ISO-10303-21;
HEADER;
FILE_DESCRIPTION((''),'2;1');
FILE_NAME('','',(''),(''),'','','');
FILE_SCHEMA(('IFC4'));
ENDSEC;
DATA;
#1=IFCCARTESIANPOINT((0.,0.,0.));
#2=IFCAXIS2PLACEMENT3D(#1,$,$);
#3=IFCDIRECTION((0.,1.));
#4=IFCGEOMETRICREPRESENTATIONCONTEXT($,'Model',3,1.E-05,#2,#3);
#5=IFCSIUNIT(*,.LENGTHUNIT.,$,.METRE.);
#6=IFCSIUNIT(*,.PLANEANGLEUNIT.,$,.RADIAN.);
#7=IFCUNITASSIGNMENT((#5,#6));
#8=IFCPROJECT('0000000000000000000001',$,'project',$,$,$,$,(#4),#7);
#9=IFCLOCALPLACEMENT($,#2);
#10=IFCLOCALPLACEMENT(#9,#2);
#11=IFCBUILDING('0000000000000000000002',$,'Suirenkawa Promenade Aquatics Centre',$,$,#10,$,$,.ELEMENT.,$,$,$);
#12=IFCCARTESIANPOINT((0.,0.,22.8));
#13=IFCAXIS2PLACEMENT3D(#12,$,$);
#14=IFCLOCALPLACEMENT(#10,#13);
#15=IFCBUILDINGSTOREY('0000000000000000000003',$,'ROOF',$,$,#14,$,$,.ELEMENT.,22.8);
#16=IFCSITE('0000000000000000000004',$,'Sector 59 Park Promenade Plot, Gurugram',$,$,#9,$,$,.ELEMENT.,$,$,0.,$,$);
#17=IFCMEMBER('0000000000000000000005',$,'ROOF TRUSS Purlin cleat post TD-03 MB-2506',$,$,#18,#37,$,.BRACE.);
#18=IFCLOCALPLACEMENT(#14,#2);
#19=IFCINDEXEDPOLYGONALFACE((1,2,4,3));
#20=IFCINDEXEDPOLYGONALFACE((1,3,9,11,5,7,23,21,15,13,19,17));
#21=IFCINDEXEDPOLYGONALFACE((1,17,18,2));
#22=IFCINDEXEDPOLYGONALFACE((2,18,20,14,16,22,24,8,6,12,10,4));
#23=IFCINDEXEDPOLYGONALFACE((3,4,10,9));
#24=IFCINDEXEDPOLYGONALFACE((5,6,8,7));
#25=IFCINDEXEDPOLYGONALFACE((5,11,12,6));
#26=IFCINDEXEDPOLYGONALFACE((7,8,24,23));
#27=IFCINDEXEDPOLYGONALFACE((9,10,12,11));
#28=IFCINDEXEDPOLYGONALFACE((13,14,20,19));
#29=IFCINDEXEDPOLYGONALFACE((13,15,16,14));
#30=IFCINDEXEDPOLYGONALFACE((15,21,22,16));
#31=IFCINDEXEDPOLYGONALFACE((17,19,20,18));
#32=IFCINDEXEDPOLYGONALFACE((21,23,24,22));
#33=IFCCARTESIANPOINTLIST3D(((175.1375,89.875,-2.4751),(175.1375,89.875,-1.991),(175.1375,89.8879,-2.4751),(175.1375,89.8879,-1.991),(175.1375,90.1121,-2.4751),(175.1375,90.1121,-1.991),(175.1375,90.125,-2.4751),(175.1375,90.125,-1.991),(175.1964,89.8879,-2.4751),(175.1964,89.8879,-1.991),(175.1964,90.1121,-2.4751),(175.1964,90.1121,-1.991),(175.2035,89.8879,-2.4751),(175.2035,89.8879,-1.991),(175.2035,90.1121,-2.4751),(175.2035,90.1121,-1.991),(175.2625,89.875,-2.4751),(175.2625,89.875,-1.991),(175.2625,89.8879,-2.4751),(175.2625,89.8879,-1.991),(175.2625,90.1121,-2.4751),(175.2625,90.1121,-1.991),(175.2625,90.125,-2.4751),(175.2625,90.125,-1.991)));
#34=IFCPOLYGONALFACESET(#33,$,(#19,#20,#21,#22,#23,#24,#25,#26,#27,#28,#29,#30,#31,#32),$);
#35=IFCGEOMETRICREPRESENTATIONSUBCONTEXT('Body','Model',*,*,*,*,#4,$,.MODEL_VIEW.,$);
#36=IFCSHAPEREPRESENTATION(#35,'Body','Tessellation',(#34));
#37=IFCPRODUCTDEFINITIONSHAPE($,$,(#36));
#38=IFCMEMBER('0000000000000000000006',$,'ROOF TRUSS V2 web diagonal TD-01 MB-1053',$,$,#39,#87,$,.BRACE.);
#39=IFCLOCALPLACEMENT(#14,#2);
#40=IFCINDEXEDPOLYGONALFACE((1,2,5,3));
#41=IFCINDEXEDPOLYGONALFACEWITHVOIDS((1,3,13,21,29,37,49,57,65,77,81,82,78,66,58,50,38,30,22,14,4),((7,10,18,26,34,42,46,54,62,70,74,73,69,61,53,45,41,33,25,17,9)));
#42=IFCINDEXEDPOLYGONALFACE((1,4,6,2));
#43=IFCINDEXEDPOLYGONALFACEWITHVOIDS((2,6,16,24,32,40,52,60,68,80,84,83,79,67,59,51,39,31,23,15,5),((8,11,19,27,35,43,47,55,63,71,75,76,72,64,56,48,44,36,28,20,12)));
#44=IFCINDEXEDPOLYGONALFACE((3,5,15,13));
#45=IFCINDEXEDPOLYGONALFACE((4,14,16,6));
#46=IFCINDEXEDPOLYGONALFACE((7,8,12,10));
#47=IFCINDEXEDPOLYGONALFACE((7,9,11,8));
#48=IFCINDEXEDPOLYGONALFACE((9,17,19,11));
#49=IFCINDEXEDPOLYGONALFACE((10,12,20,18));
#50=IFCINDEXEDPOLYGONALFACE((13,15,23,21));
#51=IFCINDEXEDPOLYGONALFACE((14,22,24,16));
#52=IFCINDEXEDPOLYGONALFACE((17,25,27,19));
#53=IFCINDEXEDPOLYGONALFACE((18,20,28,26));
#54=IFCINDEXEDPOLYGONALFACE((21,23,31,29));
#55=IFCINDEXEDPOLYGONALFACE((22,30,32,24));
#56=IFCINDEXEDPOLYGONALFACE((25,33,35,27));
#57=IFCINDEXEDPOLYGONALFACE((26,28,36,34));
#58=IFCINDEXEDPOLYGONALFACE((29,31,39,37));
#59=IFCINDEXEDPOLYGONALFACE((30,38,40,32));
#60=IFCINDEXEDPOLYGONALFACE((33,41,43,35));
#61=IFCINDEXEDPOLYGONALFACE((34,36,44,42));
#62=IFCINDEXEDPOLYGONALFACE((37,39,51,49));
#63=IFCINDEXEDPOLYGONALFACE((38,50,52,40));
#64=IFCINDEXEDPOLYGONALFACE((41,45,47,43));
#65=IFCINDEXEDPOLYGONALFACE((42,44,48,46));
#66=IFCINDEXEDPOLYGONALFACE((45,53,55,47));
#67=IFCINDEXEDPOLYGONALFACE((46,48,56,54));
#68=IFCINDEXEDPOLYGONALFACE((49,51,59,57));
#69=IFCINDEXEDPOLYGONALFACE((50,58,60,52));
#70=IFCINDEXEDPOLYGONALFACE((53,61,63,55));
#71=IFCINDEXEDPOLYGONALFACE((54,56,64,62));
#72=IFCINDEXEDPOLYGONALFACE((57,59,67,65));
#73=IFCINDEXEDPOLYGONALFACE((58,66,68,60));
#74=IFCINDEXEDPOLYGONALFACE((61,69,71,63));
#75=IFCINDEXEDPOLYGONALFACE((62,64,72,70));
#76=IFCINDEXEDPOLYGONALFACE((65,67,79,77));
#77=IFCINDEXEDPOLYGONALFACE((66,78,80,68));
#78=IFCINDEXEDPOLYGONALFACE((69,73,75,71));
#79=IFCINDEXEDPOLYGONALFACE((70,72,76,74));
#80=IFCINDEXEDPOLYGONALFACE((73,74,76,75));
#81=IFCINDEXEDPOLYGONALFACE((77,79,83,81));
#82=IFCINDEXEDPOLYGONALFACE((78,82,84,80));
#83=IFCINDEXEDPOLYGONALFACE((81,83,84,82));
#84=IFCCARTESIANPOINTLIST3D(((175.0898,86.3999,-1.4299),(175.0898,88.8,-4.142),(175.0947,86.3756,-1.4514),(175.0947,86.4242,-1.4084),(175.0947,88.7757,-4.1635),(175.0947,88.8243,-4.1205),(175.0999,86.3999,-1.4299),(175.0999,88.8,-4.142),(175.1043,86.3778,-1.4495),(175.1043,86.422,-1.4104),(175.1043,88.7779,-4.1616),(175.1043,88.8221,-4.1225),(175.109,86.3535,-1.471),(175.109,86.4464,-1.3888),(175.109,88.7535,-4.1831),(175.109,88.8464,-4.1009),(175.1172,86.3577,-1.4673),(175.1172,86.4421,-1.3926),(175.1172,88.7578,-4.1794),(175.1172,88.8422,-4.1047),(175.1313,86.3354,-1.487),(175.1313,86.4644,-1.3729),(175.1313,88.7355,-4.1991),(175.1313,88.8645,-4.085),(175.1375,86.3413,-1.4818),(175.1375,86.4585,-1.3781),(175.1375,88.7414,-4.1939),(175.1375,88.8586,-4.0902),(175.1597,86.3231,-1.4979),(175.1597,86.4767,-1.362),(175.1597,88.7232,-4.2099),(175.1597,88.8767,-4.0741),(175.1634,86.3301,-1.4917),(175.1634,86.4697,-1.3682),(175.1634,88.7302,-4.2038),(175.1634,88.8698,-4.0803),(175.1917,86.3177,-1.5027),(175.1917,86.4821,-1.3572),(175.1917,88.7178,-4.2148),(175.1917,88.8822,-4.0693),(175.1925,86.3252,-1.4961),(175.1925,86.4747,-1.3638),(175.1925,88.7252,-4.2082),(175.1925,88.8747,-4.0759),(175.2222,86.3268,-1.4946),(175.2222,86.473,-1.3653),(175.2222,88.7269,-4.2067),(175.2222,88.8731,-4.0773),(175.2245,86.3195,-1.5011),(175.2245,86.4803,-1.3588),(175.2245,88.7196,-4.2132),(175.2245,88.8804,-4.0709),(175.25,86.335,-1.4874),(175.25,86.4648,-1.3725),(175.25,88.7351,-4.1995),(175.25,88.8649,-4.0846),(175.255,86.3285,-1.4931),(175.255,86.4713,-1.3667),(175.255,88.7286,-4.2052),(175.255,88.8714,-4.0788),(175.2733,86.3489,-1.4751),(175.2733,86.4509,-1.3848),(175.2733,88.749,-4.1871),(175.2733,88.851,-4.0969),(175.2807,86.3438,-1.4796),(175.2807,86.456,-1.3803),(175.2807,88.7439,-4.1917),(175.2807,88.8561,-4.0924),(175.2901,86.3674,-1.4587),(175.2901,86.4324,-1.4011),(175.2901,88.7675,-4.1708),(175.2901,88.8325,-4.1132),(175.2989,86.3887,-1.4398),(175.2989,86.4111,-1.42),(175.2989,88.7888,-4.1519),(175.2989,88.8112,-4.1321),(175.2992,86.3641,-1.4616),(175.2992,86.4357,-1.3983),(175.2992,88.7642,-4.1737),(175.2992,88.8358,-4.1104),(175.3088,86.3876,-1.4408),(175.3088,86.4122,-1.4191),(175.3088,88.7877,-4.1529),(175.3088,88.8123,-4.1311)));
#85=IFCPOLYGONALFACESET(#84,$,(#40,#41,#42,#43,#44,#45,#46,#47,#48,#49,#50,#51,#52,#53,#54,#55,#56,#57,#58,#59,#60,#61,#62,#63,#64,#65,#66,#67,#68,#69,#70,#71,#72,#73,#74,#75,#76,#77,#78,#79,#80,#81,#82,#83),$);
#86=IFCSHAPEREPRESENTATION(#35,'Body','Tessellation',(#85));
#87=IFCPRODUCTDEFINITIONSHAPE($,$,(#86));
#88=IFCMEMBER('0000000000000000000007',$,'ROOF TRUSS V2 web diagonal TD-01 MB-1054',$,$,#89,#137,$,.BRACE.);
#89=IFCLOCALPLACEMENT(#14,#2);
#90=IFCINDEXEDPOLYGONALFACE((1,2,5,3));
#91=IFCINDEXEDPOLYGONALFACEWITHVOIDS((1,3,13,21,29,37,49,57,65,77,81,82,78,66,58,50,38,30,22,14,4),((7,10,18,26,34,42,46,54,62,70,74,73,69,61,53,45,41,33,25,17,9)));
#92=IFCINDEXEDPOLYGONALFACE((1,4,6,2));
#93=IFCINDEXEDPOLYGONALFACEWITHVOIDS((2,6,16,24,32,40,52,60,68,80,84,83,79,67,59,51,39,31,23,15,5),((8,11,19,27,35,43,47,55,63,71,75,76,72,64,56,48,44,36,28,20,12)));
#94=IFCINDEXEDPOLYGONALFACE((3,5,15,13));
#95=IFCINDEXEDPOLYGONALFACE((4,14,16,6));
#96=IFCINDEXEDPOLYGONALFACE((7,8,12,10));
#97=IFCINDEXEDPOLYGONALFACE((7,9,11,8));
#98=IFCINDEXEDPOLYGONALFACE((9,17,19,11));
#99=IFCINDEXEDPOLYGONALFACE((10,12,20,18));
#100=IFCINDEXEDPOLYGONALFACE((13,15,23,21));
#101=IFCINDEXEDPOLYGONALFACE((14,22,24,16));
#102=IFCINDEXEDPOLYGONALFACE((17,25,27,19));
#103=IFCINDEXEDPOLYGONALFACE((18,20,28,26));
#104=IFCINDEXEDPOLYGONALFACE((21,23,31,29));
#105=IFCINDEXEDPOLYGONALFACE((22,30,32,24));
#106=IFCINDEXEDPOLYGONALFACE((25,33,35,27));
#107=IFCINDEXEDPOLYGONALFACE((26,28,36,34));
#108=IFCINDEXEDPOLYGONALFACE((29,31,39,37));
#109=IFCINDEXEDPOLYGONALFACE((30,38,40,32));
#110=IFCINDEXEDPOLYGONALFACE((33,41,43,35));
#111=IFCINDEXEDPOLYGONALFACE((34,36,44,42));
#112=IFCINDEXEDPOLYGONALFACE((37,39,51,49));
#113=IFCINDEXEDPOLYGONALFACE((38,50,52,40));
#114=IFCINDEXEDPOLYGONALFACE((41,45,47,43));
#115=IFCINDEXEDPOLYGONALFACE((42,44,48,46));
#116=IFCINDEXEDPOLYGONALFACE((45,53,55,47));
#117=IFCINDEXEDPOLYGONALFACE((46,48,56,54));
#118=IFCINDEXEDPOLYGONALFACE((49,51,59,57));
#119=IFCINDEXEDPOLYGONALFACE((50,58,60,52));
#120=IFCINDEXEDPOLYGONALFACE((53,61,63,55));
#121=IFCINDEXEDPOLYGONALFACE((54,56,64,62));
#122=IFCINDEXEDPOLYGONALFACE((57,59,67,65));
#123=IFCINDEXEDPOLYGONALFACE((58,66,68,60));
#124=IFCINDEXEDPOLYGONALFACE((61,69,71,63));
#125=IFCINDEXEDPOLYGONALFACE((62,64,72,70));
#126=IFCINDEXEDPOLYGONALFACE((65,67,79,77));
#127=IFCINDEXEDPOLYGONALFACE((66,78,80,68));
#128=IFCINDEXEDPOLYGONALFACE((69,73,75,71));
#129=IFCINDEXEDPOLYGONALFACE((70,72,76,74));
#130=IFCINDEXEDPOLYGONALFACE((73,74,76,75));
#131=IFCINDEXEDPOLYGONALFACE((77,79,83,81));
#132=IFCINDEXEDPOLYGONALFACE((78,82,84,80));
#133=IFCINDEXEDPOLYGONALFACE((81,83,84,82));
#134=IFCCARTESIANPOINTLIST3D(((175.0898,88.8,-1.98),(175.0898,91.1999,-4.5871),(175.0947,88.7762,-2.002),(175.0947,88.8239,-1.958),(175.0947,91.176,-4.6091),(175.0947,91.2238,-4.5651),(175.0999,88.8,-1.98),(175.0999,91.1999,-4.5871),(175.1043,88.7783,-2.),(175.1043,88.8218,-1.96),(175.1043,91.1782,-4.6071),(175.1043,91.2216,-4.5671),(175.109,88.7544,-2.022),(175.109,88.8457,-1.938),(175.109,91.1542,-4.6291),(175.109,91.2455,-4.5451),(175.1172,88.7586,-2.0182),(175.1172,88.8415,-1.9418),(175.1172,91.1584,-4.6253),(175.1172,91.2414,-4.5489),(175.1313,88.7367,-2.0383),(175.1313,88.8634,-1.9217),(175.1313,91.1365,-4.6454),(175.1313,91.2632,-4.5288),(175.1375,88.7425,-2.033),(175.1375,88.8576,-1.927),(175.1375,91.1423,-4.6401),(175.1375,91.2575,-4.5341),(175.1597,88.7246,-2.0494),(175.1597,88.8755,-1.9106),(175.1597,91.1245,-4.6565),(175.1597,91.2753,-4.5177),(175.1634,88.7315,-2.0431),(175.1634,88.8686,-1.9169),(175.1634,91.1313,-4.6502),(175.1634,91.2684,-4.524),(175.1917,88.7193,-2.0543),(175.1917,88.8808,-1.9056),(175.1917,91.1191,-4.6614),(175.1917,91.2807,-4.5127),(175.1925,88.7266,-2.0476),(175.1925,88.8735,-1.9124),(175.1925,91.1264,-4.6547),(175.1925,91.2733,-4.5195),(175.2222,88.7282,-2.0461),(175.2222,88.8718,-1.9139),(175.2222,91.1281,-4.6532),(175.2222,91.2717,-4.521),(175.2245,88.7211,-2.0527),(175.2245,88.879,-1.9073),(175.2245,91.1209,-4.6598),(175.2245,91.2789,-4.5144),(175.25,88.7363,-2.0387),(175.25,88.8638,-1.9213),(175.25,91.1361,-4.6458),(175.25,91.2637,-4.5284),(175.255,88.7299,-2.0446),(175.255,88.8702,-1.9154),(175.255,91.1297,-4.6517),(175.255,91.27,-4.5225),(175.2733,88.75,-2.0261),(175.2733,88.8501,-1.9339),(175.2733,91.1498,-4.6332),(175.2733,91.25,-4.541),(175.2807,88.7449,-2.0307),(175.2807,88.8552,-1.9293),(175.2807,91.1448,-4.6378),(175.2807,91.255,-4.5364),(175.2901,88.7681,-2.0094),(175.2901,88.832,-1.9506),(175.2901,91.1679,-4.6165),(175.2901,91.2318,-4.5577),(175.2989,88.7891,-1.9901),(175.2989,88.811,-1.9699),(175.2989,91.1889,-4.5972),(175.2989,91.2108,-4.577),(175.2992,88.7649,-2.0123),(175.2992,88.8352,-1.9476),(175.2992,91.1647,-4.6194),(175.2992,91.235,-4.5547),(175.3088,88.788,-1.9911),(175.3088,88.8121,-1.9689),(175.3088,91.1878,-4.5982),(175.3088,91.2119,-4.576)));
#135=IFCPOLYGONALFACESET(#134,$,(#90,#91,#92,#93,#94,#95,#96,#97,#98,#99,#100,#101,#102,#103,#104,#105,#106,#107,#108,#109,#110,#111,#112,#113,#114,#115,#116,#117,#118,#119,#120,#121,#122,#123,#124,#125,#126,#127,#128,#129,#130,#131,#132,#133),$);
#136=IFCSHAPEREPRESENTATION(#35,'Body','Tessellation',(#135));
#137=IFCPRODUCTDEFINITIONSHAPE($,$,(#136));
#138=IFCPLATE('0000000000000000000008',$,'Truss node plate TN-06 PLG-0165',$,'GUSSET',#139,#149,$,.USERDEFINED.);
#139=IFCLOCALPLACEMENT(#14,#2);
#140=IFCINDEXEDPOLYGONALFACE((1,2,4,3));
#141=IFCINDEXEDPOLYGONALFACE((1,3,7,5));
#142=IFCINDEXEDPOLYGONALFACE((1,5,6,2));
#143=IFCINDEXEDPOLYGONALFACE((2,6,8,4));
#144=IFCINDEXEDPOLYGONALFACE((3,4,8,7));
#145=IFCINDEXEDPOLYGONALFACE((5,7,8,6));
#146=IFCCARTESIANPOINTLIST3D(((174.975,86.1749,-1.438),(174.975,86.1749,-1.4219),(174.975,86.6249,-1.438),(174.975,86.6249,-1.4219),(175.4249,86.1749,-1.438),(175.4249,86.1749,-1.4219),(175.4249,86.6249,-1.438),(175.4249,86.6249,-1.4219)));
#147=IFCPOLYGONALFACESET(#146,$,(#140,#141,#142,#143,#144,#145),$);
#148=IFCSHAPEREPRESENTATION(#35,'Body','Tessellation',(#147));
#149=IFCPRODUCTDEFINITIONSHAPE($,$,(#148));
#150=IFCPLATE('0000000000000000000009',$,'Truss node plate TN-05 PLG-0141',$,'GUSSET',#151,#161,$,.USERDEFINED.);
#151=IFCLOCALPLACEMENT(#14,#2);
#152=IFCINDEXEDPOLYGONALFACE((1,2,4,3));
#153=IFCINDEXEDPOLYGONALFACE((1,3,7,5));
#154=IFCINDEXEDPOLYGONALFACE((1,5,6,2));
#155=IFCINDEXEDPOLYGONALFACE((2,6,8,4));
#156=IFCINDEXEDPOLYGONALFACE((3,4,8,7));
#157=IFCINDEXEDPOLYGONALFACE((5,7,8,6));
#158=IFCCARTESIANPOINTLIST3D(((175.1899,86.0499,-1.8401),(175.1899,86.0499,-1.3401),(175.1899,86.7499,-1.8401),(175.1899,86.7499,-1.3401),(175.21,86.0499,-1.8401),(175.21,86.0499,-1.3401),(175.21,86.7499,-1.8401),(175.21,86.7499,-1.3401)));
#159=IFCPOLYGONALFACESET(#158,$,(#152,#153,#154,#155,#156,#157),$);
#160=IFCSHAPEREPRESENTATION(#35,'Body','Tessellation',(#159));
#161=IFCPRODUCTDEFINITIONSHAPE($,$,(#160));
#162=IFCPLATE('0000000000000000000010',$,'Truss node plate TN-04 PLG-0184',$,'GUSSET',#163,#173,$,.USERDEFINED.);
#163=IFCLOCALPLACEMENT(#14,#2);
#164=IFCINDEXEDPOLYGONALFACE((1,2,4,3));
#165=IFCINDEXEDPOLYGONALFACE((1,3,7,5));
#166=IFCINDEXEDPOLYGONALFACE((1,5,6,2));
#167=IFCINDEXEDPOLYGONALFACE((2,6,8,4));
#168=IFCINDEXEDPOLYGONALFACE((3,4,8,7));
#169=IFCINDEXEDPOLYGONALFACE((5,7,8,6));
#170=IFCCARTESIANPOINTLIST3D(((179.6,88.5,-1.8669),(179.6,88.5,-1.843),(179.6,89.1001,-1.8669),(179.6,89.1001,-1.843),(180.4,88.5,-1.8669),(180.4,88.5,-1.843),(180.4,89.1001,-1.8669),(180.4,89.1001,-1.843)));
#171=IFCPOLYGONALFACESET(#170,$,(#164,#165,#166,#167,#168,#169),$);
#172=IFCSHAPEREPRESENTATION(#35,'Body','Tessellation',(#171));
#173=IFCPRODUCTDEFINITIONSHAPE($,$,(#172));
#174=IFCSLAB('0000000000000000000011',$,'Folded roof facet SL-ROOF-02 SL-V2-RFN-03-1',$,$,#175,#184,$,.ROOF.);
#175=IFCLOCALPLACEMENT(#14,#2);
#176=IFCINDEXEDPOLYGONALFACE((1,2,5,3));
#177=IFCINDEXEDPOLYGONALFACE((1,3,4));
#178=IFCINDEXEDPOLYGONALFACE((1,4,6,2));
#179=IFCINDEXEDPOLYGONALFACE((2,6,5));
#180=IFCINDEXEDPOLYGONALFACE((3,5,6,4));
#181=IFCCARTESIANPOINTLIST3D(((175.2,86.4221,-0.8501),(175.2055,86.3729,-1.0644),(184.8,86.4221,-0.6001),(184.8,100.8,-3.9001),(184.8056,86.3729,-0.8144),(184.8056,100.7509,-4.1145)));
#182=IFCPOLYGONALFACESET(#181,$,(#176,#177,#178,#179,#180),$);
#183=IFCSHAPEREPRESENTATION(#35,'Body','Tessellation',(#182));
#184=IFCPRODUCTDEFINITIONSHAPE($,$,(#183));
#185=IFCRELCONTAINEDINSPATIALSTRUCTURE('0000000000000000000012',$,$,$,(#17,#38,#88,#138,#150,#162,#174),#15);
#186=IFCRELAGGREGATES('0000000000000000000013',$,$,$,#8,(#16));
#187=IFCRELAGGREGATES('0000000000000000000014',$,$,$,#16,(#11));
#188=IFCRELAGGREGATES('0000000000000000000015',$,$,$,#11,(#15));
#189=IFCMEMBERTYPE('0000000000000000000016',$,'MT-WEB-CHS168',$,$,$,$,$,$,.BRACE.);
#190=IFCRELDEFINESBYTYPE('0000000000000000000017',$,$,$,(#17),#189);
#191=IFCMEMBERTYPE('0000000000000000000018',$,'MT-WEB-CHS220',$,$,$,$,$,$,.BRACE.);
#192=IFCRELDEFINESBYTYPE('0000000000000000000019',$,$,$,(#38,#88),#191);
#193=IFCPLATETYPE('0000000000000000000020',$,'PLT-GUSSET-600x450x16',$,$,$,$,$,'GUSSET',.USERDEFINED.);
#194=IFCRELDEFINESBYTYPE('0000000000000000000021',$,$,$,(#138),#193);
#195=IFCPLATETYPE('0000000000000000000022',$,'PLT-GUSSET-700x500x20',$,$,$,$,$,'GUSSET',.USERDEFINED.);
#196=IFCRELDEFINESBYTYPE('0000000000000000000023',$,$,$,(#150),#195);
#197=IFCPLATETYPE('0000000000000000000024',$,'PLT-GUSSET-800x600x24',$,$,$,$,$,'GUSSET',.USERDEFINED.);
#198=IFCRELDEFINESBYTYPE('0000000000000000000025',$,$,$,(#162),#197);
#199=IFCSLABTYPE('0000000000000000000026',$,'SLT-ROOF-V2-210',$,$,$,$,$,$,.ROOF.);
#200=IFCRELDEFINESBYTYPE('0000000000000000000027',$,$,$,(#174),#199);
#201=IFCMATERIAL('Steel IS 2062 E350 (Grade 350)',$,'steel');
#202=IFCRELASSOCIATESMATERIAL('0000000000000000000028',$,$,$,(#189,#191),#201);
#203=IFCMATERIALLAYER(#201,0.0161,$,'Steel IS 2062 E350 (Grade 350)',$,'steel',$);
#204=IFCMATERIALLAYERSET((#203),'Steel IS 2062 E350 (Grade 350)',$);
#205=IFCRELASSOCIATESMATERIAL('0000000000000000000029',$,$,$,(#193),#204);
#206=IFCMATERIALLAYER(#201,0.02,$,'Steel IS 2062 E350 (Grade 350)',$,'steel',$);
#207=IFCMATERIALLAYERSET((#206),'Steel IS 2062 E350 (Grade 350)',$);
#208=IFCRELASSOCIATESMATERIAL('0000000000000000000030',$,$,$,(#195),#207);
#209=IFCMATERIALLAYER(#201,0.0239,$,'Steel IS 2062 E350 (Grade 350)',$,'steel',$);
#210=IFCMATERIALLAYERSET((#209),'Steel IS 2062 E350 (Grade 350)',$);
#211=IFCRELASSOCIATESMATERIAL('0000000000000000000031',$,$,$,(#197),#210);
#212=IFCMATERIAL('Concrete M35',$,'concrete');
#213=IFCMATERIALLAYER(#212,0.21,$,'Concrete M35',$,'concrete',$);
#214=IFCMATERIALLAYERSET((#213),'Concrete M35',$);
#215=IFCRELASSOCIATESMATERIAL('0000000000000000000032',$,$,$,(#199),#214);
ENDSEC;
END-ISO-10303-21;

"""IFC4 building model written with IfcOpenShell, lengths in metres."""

from ifc_helpers import new_model, si_unit, direction, frame, origin, origin_2d, place, context, subcontext, project, spatial, polyline, rectangle, hollow_circle, i_section, outline, extrude, material, layer, layer_set, material_profile, profile_set, type_object, element, save


model = new_model("IFC4")

# Units and contexts
model_context = context("Model", 3, precision=1e-05, world=origin(), true_north=direction((0.0, 1.0)))
body_context = subcontext(model_context, "Body", "Model", "MODEL_VIEW")
ifc_project = project(units=[si_unit("LENGTHUNIT", "METRE"), si_unit("PLANEANGLEUNIT", "RADIAN")], contexts=[model_context])

# Site, building, storey
site_placement = place(None, origin())
site = spatial("IfcSite", under=ifc_project, at=site_placement, Name="Sector 59 Park Promenade Plot, Gurugram", CompositionType="ELEMENT", RefElevation=0.0)
building_placement = place(site_placement, origin())
building = spatial("IfcBuilding", under=site, at=building_placement, Name="Suirenkawa Promenade Aquatics Centre", CompositionType="ELEMENT")
storey_placement = place(building_placement, frame((0.0, 0.0, 22.8)))
storey = spatial("IfcBuildingStorey", under=building, at=storey_placement, Name="ROOF", CompositionType="ELEMENT", Elevation=22.8)

# Shared definitions
ifc_material_1 = material(Name="Steel IS 2062 E350 (Grade 350)", Category="steel")

# Members
ifc_material_profile_1 = material_profile(ifc_material_1, i_section(OverallWidth=0.125, OverallDepth=0.25, WebThickness=0.0071, FlangeThickness=0.0129, at=origin_2d()), Name="ISMB 250", Category="steel")
ifc_profile_set_1 = profile_set([ifc_material_profile_1], Name="Steel IS 2062 E350 (Grade 350)")
member_type_1 = type_object("IfcMemberType", Name="MT-WEB-CHS168", PredefinedType="BRACE", material=ifc_profile_set_1)
member_1_placement = place(storey_placement, frame((175.2, 90.0, -2.4751), z_axis=(0.0, 0.0, 1.0), x_axis=(1.0, 0.0, 0.0)))
element("IfcMember", 1, at=member_1_placement, inside=storey, type_object=member_type_1, Name="ROOF TRUSS Purlin cleat post TD-03 MB-2506", PredefinedType="BRACE", context=body_context, shape_type="SweptSolid", body=[
    extrude(i_section(OverallWidth=0.125, OverallDepth=0.25, WebThickness=0.0071, FlangeThickness=0.0129, at=origin_2d()), origin(), (0.0, 0.0, 1.0), 0.4841),
])
ifc_material_profile_2 = material_profile(ifc_material_1, hollow_circle(Radius=0.1101, WallThickness=0.01, at=origin_2d()), Name="CHS 220x10", Category="steel")
ifc_profile_set_2 = profile_set([ifc_material_profile_2], Name="Steel IS 2062 E350 (Grade 350)")
member_type_2 = type_object("IfcMemberType", Name="MT-WEB-CHS220", PredefinedType="BRACE", material=ifc_profile_set_2)
member_2_placement = place(storey_placement, frame((175.2, 86.3999, -1.4299), z_axis=(0.0, 0.662718, -0.748869), x_axis=(-1.0, 0.0, 0.0)))
element("IfcMember", 2, at=member_2_placement, inside=storey, type_object=member_type_2, Name="ROOF TRUSS V2 web diagonal TD-01 MB-1053", PredefinedType="BRACE", context=body_context, shape_type="SweptSolid", body=[
    extrude(hollow_circle(Radius=0.1101, WallThickness=0.01, at=origin_2d()), origin(), (0.0, 0.0, 1.0), 3.6216),
])
member_3_placement = place(storey_placement, frame((175.2, 88.8, -1.98), z_axis=(0.0, 0.677255, -0.735748), x_axis=(-1.0, 0.0, 0.0)))
element("IfcMember", 3, at=member_3_placement, inside=storey, type_object=member_type_2, Name="ROOF TRUSS V2 web diagonal TD-01 MB-1054", PredefinedType="BRACE", context=body_context, shape_type="SweptSolid", body=[
    extrude(hollow_circle(Radius=0.1101, WallThickness=0.01, at=origin_2d()), origin(), (0.0, 0.0, 1.0), 3.5435),
])

# Plates
ifc_layer_1 = layer(ifc_material_1, 0.0161, Name="Steel IS 2062 E350 (Grade 350)", Category="steel")
ifc_layer_set_1 = layer_set([ifc_layer_1], Name="Steel IS 2062 E350 (Grade 350)")
plate_type_1 = type_object("IfcPlateType", Name="PLT-GUSSET-600x450x16", ElementType="GUSSET", PredefinedType="USERDEFINED", material=ifc_layer_set_1)
plate_1_placement = place(storey_placement, frame((175.2, 86.3999, -1.438), z_axis=(0.0, 0.0, 1.0), x_axis=(1.0, 0.0, 0.0)))
element("IfcPlate", 4, at=plate_1_placement, inside=storey, type_object=plate_type_1, Name="Truss node plate TN-06 PLG-0165", ObjectType="GUSSET", PredefinedType="USERDEFINED", context=body_context, shape_type="SweptSolid", body=[
    extrude(rectangle(XDim=0.45, YDim=0.45, at=origin_2d()), origin(), (0.0, 0.0, 1.0), 0.0161),
])
ifc_layer_2 = layer(ifc_material_1, 0.02, Name="Steel IS 2062 E350 (Grade 350)", Category="steel")
ifc_layer_set_2 = layer_set([ifc_layer_2], Name="Steel IS 2062 E350 (Grade 350)")
plate_type_2 = type_object("IfcPlateType", Name="PLT-GUSSET-700x500x20", ElementType="GUSSET", PredefinedType="USERDEFINED", material=ifc_layer_set_2)
plate_2_placement = place(storey_placement, frame((175.2, 86.3999, -1.8401), z_axis=(0.0, 0.0, 1.0), x_axis=(0.0, 1.0, 0.0)))
element("IfcPlate", 5, at=plate_2_placement, inside=storey, type_object=plate_type_2, Name="Truss node plate TN-05 PLG-0141", ObjectType="GUSSET", PredefinedType="USERDEFINED", context=body_context, shape_type="SweptSolid", body=[
    extrude(rectangle(XDim=0.7, YDim=0.02, at=origin_2d()), origin(), (0.0, 0.0, 1.0), 0.5),
])
ifc_layer_3 = layer(ifc_material_1, 0.0239, Name="Steel IS 2062 E350 (Grade 350)", Category="steel")
ifc_layer_set_3 = layer_set([ifc_layer_3], Name="Steel IS 2062 E350 (Grade 350)")
plate_type_3 = type_object("IfcPlateType", Name="PLT-GUSSET-800x600x24", ElementType="GUSSET", PredefinedType="USERDEFINED", material=ifc_layer_set_3)
plate_3_placement = place(storey_placement, frame((180.0, 88.8, -1.8669), z_axis=(0.0, 0.0, 1.0), x_axis=(1.0, 0.0, 0.0)))
element("IfcPlate", 6, at=plate_3_placement, inside=storey, type_object=plate_type_3, Name="Truss node plate TN-04 PLG-0184", ObjectType="GUSSET", PredefinedType="USERDEFINED", context=body_context, shape_type="SweptSolid", body=[
    extrude(rectangle(XDim=0.8, YDim=0.6001, at=origin_2d()), origin(), (0.0, 0.0, 1.0), 0.0239),
])

# Slab
ifc_material_2 = material(Name="Concrete M35", Category="concrete")
ifc_layer_4 = layer(ifc_material_2, 0.21, Name="Concrete M35", Category="concrete")
ifc_layer_set_4 = layer_set([ifc_layer_4], Name="Concrete M35")
slab_type = type_object("IfcSlabType", Name="SLT-ROOF-V2-210", PredefinedType="ROOF", material=ifc_layer_set_4)
slab_1_placement = place(storey_placement, frame((175.2, 86.4221, -0.8501), z_axis=(-0.025373, 0.223633, 0.974343), x_axis=(0.999661, 0.0, 0.026033)))
element("IfcSlab", 7, at=slab_1_placement, inside=storey, type_object=slab_type, Name="Folded roof facet SL-ROOF-02 SL-V2-RFN-03-1", PredefinedType="ROOF", context=body_context, shape_type="SweptSolid", body=[
    extrude(outline(polyline([(0.0, 0.0), (9.6034, 0.0), (9.5174, 14.7515), (0.0, 0.0)])), origin(), (0.0, 0.0, -1.0), 0.22),
])

save(model, "model.ifc")
